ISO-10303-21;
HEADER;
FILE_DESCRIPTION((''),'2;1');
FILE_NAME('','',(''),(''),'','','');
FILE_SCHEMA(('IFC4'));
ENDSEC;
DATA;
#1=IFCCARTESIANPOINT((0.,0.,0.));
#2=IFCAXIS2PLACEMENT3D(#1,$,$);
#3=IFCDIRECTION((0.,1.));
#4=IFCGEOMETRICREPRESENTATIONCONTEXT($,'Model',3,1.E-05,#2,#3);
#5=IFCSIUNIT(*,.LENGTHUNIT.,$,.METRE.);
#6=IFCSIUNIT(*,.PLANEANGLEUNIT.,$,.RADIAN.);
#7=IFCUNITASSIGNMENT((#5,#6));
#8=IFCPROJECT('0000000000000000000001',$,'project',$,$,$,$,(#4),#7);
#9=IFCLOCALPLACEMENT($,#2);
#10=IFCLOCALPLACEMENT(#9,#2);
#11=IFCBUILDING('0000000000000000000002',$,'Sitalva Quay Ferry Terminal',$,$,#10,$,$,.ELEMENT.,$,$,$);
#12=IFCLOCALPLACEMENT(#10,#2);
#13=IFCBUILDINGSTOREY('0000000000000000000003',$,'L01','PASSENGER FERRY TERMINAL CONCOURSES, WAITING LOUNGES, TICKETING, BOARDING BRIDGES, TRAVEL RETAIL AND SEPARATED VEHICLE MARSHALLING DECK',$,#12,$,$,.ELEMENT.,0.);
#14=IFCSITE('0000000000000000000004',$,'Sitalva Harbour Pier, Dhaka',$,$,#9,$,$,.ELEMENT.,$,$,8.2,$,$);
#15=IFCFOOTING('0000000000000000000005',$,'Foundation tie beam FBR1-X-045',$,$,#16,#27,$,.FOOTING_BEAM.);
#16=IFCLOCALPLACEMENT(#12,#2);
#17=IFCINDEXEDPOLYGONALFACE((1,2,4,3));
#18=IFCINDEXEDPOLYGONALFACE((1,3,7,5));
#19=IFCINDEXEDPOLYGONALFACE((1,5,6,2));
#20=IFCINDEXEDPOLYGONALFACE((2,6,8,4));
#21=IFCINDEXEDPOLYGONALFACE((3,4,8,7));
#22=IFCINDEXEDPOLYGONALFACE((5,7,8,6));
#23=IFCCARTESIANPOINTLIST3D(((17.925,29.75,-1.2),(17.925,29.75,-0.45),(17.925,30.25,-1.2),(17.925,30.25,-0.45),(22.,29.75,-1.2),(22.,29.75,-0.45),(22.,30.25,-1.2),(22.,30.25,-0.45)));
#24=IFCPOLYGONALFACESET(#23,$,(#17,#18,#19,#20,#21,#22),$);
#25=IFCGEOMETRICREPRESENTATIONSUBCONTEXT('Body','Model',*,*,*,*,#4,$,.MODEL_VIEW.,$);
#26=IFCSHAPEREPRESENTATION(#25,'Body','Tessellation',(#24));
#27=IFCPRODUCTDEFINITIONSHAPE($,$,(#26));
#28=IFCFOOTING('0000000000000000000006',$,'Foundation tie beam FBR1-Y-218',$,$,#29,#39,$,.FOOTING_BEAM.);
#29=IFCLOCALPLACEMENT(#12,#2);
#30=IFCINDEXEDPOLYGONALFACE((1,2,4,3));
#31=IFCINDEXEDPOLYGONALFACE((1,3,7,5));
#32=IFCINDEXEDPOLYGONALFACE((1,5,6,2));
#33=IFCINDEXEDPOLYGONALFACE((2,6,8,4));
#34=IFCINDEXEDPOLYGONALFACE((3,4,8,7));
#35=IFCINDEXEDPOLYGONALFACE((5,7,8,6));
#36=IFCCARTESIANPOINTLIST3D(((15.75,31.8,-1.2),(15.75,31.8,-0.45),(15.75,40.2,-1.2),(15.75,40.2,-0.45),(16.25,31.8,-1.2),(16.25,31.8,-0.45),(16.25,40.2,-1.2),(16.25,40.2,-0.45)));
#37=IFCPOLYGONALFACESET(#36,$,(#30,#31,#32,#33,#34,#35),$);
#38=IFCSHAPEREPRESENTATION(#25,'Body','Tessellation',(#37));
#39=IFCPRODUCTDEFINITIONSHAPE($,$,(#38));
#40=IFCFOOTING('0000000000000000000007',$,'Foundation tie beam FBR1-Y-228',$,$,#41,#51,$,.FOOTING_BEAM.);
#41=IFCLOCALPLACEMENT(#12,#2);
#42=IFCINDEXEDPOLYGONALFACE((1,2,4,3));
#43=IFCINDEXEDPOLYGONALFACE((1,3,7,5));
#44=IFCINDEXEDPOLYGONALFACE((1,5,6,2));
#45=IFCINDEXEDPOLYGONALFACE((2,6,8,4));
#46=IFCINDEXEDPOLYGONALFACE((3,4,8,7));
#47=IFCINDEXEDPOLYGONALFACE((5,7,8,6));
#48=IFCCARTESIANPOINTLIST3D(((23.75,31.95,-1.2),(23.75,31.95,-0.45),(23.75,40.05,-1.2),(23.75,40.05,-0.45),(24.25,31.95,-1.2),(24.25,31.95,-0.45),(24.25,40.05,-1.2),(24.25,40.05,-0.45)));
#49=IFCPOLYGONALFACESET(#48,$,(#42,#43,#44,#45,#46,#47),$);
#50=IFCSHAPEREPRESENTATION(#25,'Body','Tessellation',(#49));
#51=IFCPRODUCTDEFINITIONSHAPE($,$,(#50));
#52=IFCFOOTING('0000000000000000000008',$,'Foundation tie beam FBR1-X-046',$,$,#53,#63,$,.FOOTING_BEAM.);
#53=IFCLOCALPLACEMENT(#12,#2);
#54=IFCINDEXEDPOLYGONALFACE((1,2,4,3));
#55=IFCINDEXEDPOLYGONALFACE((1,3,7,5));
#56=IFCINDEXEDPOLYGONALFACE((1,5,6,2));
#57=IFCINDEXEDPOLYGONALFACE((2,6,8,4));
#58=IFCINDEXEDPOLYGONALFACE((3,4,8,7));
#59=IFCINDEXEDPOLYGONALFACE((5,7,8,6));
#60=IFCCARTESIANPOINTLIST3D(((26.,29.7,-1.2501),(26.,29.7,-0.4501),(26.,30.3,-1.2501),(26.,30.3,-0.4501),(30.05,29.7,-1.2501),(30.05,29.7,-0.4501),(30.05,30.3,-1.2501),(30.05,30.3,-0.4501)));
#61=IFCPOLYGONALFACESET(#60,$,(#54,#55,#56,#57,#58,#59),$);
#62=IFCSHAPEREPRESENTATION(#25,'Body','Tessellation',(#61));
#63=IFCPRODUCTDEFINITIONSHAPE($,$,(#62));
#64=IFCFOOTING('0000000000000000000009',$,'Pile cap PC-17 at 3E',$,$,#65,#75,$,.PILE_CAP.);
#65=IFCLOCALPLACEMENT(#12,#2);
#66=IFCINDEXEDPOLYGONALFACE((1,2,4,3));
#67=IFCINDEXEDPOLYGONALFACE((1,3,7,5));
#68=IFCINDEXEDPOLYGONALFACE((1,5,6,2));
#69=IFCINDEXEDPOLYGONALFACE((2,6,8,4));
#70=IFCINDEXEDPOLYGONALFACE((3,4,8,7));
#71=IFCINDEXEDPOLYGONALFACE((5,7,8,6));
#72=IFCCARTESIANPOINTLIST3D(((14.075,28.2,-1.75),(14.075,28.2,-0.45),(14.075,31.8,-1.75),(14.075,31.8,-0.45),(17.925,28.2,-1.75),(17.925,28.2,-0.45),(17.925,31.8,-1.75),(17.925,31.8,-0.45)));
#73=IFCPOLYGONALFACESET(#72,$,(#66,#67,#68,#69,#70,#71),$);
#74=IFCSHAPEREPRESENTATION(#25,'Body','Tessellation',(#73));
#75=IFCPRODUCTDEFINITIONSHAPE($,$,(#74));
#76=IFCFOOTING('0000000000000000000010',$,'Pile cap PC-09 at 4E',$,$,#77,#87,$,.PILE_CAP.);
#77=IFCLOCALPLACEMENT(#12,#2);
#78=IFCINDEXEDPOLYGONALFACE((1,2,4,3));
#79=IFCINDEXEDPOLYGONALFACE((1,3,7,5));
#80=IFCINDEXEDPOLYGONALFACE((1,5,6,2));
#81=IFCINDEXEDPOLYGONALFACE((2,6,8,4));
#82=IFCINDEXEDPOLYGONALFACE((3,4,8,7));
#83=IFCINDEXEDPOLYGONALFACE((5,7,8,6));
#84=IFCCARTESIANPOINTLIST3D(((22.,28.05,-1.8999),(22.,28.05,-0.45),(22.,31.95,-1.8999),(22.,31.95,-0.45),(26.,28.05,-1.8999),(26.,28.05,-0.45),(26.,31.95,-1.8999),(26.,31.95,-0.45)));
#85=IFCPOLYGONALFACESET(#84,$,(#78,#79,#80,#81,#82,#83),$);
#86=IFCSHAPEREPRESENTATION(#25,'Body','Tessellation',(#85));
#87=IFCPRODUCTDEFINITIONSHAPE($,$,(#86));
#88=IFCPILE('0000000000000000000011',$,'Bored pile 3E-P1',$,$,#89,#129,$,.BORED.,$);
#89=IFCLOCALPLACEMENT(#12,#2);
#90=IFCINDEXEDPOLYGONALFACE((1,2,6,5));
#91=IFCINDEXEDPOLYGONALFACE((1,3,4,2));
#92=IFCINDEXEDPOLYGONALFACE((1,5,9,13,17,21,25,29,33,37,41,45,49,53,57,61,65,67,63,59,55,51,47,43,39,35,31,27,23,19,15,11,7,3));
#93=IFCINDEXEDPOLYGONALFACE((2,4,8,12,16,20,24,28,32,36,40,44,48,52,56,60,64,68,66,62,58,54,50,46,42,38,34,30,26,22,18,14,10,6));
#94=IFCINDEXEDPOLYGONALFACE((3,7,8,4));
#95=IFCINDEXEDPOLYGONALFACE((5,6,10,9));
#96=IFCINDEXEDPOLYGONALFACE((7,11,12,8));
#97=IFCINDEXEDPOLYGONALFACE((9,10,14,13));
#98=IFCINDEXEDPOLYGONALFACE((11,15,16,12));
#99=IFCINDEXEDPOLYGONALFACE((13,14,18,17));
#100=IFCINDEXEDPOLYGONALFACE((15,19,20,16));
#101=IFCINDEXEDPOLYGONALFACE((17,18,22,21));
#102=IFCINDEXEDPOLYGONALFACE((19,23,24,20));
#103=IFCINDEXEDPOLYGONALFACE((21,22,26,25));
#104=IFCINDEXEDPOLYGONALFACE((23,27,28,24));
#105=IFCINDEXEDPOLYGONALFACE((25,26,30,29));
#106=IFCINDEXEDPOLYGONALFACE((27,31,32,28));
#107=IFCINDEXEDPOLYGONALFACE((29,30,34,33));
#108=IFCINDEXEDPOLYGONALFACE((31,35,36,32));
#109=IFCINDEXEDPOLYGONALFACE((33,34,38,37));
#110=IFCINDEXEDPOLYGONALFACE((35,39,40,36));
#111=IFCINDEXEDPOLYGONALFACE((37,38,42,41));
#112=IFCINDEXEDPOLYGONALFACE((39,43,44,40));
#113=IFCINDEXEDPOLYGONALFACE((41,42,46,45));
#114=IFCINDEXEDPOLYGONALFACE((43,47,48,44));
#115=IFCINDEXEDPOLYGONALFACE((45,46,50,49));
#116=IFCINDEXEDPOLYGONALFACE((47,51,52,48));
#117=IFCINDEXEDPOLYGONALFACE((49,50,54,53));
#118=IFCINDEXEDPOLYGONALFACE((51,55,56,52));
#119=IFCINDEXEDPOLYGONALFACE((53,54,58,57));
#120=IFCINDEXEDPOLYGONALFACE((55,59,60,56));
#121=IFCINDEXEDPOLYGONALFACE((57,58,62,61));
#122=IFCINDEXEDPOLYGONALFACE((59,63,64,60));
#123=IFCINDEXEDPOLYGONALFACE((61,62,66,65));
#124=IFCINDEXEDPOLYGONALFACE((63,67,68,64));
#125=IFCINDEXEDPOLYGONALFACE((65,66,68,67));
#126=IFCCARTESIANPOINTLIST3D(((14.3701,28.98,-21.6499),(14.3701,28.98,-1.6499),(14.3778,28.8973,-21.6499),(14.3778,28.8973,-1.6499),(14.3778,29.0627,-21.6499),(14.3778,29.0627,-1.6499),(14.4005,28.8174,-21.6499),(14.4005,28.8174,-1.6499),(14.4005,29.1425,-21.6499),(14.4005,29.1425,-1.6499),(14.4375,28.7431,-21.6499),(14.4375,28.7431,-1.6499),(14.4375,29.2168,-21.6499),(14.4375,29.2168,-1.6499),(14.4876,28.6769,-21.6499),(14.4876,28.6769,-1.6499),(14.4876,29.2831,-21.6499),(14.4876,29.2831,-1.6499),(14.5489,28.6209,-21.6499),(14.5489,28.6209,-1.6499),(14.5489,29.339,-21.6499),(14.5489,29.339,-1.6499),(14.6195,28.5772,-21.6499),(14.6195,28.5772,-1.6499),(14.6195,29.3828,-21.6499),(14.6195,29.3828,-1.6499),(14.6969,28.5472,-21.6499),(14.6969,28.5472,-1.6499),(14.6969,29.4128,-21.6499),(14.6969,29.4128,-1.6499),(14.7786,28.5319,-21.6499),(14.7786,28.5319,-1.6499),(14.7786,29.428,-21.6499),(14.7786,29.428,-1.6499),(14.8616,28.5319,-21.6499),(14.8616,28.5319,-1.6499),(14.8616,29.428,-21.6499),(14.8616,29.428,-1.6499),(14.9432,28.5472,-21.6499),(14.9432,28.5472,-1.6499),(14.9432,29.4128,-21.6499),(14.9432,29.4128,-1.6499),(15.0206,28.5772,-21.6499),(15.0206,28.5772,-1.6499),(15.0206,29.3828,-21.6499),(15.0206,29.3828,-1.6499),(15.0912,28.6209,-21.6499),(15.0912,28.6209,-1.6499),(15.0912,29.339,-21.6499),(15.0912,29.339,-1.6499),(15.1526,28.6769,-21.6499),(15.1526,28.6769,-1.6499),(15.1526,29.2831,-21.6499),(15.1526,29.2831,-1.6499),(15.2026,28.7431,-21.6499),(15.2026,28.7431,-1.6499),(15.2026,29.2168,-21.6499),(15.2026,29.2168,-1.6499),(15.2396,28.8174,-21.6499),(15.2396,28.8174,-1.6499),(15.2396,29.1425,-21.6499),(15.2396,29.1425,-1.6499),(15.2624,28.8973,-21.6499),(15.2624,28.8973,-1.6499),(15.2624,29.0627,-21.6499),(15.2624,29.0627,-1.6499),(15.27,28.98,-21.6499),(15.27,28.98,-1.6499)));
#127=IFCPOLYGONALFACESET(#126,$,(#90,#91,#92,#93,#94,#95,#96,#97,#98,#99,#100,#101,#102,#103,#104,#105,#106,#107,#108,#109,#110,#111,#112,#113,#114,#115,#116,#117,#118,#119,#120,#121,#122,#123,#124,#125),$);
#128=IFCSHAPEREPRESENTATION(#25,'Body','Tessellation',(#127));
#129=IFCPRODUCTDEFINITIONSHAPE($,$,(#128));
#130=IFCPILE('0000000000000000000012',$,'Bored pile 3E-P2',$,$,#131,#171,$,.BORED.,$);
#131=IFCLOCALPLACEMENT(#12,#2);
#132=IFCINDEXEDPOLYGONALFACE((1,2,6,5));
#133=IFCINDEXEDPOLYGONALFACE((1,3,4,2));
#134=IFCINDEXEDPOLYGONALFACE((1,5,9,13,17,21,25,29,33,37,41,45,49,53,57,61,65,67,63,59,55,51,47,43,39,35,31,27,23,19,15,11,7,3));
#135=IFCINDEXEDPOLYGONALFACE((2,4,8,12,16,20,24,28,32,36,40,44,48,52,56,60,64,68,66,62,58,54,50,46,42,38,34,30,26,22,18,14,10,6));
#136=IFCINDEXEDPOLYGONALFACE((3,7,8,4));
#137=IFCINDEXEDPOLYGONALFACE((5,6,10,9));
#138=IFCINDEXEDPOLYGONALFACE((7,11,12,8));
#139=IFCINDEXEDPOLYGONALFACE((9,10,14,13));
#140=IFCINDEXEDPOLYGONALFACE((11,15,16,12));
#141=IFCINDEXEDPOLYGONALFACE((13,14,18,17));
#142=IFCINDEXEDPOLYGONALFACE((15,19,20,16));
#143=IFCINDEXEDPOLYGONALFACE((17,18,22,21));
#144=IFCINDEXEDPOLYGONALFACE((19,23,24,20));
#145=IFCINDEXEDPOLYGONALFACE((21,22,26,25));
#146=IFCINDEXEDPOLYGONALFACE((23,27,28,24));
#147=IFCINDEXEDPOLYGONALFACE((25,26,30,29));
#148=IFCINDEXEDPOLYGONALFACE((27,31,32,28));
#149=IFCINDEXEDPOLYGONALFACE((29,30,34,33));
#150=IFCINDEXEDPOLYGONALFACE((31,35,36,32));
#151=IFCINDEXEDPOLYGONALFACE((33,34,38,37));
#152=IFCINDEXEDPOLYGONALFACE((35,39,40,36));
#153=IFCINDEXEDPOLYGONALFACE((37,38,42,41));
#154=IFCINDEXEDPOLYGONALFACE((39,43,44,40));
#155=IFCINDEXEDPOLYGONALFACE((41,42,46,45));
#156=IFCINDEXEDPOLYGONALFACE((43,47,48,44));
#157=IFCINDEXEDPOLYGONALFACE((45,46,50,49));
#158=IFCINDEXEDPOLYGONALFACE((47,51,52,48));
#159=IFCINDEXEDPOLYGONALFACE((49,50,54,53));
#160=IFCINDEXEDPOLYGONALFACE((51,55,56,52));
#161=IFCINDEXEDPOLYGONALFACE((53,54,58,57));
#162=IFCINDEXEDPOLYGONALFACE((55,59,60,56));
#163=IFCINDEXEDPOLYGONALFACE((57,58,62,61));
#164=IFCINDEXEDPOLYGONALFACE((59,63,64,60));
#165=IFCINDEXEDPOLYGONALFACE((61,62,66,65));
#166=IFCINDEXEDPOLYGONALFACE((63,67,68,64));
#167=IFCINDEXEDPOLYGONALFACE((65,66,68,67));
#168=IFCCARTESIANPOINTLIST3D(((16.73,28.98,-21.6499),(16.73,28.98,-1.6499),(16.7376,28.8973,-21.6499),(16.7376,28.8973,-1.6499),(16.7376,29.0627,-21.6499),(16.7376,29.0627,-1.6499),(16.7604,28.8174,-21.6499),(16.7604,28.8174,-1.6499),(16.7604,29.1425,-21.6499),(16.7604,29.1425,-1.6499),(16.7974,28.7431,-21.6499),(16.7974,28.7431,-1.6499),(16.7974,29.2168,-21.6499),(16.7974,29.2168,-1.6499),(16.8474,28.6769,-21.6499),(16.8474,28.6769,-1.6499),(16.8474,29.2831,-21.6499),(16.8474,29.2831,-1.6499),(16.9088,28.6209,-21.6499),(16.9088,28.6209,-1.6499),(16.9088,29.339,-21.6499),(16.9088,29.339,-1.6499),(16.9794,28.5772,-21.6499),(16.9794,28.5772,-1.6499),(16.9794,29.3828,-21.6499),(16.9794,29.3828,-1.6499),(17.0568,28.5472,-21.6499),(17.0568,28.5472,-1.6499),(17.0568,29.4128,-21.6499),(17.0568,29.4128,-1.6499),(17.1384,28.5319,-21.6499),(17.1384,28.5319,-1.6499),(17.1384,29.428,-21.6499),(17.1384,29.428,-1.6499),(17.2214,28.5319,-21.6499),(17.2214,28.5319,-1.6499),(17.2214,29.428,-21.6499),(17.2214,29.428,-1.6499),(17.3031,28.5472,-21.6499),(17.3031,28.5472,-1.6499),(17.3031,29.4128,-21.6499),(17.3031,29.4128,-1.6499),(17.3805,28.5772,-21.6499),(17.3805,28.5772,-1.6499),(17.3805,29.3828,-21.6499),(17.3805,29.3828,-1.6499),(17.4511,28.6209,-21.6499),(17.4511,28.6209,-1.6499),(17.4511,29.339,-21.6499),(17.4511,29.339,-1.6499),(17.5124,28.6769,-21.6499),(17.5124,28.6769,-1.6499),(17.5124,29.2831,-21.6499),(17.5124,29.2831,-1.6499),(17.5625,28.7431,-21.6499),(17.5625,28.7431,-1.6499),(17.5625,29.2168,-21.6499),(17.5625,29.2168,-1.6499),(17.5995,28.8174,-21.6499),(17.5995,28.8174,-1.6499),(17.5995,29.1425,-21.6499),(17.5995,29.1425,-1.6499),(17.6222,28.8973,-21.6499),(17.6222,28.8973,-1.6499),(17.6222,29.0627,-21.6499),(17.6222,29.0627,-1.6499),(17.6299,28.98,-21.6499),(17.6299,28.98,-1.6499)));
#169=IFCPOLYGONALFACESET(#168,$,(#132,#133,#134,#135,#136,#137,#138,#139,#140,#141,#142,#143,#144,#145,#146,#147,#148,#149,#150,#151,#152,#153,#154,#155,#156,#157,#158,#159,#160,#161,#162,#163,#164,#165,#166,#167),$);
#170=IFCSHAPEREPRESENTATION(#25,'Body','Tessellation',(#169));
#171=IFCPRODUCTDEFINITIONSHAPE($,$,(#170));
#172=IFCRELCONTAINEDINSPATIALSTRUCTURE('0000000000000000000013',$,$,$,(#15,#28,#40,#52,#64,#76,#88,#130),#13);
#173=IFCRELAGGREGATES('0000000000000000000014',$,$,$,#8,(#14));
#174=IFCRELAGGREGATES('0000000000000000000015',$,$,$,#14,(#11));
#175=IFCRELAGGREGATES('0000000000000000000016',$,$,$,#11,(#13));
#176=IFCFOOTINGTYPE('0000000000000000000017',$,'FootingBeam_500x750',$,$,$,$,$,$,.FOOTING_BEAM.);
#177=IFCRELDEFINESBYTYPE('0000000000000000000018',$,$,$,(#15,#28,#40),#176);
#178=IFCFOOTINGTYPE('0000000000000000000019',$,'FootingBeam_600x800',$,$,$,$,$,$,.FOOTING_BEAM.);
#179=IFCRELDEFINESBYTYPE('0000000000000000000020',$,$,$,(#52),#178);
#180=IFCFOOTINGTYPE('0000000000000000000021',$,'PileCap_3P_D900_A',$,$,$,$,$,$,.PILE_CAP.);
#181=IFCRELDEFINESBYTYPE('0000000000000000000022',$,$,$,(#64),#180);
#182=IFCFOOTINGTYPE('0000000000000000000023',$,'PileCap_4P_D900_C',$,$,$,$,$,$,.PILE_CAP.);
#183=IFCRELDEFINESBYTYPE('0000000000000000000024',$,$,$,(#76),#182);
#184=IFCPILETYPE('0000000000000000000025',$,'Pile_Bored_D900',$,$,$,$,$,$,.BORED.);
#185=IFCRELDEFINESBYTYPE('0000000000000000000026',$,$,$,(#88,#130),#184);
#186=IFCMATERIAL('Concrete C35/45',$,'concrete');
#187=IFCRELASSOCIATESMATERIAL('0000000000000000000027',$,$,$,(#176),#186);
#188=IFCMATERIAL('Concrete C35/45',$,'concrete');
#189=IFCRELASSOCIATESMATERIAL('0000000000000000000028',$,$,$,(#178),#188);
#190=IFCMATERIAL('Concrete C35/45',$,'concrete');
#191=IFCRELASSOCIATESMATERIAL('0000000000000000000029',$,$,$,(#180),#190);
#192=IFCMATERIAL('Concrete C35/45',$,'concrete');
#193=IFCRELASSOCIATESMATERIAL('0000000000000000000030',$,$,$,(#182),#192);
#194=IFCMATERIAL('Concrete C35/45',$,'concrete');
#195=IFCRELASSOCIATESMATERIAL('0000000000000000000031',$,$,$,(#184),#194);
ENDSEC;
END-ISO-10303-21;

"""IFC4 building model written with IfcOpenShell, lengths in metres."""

from ifc_helpers import new_model, si_unit, direction, frame, origin, origin_2d, place, context, subcontext, project, spatial, rectangle, circle, extrude, material, material_profile, profile_set, type_object, element, save


model = new_model("IFC4")

# Units and contexts
model_context = context("Model", 3, precision=1e-05, world=origin(), true_north=direction((0.0, 1.0)))
body_context = subcontext(model_context, "Body", "Model", "MODEL_VIEW")
ifc_project = project(units=[si_unit("LENGTHUNIT", "METRE"), si_unit("PLANEANGLEUNIT", "RADIAN")], contexts=[model_context])

# Site, building, storey
site_placement = place(None, origin())
site = spatial("IfcSite", under=ifc_project, at=site_placement, Name="Sitalva Harbour Pier, Dhaka", CompositionType="ELEMENT", RefElevation=8.2)
building_placement = place(site_placement, origin())
building = spatial("IfcBuilding", under=site, at=building_placement, Name="Sitalva Quay Ferry Terminal", CompositionType="ELEMENT")
storey_placement = place(building_placement, origin())
storey = spatial("IfcBuildingStorey", under=building, at=storey_placement, Name="L01", Description="PASSENGER FERRY TERMINAL CONCOURSES, WAITING LOUNGES, TICKETING, BOARDING BRIDGES, TRAVEL RETAIL AND SEPARATED VEHICLE MARSHALLING DECK", CompositionType="ELEMENT", Elevation=0.0)

# Footings
ifc_material_1 = material(Name="Concrete C35/45", Category="concrete")
ifc_material_profile_1 = material_profile(ifc_material_1, rectangle(XDim=0.5, YDim=0.75, at=origin_2d()), Name="RC500x750")
ifc_profile_set_1 = profile_set([ifc_material_profile_1], Name="Concrete C35/45")
footing_type_1 = type_object("IfcFootingType", Name="FootingBeam_500x750", PredefinedType="FOOTING_BEAM", material=ifc_profile_set_1)
footing_1_placement = place(storey_placement, frame((17.925, 30.0, -0.825), z_axis=(1.0, 0.0, 0.0), x_axis=(0.0, 1.0, 0.0)))
element("IfcFooting", 1, at=footing_1_placement, inside=storey, type_object=footing_type_1, Name="Foundation tie beam FBR1-X-045", PredefinedType="FOOTING_BEAM", context=body_context, shape_type="SweptSolid", body=[
    extrude(rectangle(XDim=0.5, YDim=0.75, at=origin_2d()), origin(), (0.0, 0.0, 1.0), 4.075),
])
footing_2_placement = place(storey_placement, frame((16.0, 31.8, -0.825), z_axis=(0.0, 1.0, 0.0), x_axis=(-1.0, 0.0, 0.0)))
element("IfcFooting", 2, at=footing_2_placement, inside=storey, type_object=footing_type_1, Name="Foundation tie beam FBR1-Y-218", PredefinedType="FOOTING_BEAM", context=body_context, shape_type="SweptSolid", body=[
    extrude(rectangle(XDim=0.5, YDim=0.75, at=origin_2d()), origin(), (0.0, 0.0, 1.0), 8.3999),
])
footing_3_placement = place(storey_placement, frame((24.0, 31.95, -0.825), z_axis=(0.0, 1.0, 0.0), x_axis=(-1.0, 0.0, 0.0)))
element("IfcFooting", 3, at=footing_3_placement, inside=storey, type_object=footing_type_1, Name="Foundation tie beam FBR1-Y-228", PredefinedType="FOOTING_BEAM", context=body_context, shape_type="SweptSolid", body=[
    extrude(rectangle(XDim=0.5, YDim=0.75, at=origin_2d()), origin(), (0.0, 0.0, 1.0), 8.1001),
])
ifc_material_2 = material(Name="Concrete C35/45", Category="concrete")
ifc_material_profile_2 = material_profile(ifc_material_2, rectangle(XDim=0.6001, YDim=0.8, at=origin_2d()), Name="RC600x800")
ifc_profile_set_2 = profile_set([ifc_material_profile_2], Name="Concrete C35/45")
footing_type_2 = type_object("IfcFootingType", Name="FootingBeam_600x800", PredefinedType="FOOTING_BEAM", material=ifc_profile_set_2)
footing_4_placement = place(storey_placement, frame((26.0, 30.0, -0.8501), z_axis=(1.0, 0.0, 0.0), x_axis=(0.0, 1.0, 0.0)))
element("IfcFooting", 4, at=footing_4_placement, inside=storey, type_object=footing_type_2, Name="Foundation tie beam FBR1-X-046", PredefinedType="FOOTING_BEAM", context=body_context, shape_type="SweptSolid", body=[
    extrude(rectangle(XDim=0.6001, YDim=0.8, at=origin_2d()), origin(), (0.0, 0.0, 1.0), 4.05),
])
ifc_material_3 = material(Name="Concrete C35/45", Category="concrete")
footing_type_3 = type_object("IfcFootingType", Name="PileCap_3P_D900_A", PredefinedType="PILE_CAP", material=ifc_material_3)
footing_5_placement = place(storey_placement, frame((16.0, 30.0, -1.75), z_axis=(0.0, 0.0, 1.0), x_axis=(1.0, 0.0, 0.0)))
element("IfcFooting", 5, at=footing_5_placement, inside=storey, type_object=footing_type_3, Name="Pile cap PC-17 at 3E", PredefinedType="PILE_CAP", context=body_context, shape_type="SweptSolid", body=[
    extrude(rectangle(XDim=3.8501, YDim=3.6001, at=origin_2d()), origin(), (0.0, 0.0, 1.0), 1.3),
])
ifc_material_4 = material(Name="Concrete C35/45", Category="concrete")
footing_type_4 = type_object("IfcFootingType", Name="PileCap_4P_D900_C", PredefinedType="PILE_CAP", material=ifc_material_4)
footing_6_placement = place(storey_placement, frame((24.0, 30.0, -1.8999), z_axis=(0.0, 0.0, 1.0), x_axis=(1.0, 0.0, 0.0)))
element("IfcFooting", 6, at=footing_6_placement, inside=storey, type_object=footing_type_4, Name="Pile cap PC-09 at 4E", PredefinedType="PILE_CAP", context=body_context, shape_type="SweptSolid", body=[
    extrude(rectangle(XDim=4.0, YDim=3.8999, at=origin_2d()), origin(), (0.0, 0.0, 1.0), 1.45),
])

# Piles
ifc_material_5 = material(Name="Concrete C35/45", Category="concrete")
ifc_material_profile_3 = material_profile(ifc_material_5, circle(Radius=0.45, at=origin_2d()), Name="PILE-D900")
ifc_profile_set_3 = profile_set([ifc_material_profile_3], Name="Concrete C35/45")
pile_type = type_object("IfcPileType", Name="Pile_Bored_D900", PredefinedType="BORED", material=ifc_profile_set_3)
for number, where, z_axis, x_axis, name in (
    (7, (14.8201, 28.98, -1.6499), (0.0, 0.0, -1.0), (1.0, 0.0, 0.0), "Bored pile 3E-P1"),
    (8, (17.1799, 28.98, -1.6499), (0.0, 0.0, -1.0), (1.0, 0.0, 0.0), "Bored pile 3E-P2"),
):
    element("IfcPile", number, at=place(storey_placement, frame(where, z_axis=z_axis, x_axis=x_axis)), inside=storey, type_object=pile_type, Name=name, PredefinedType="BORED", context=body_context, shape_type="SweptSolid", body=[
        extrude(circle(Radius=0.45, at=origin_2d()), origin(), (0.0, 0.0, 1.0), 20.0),
    ])

save(model, "model.ifc")
